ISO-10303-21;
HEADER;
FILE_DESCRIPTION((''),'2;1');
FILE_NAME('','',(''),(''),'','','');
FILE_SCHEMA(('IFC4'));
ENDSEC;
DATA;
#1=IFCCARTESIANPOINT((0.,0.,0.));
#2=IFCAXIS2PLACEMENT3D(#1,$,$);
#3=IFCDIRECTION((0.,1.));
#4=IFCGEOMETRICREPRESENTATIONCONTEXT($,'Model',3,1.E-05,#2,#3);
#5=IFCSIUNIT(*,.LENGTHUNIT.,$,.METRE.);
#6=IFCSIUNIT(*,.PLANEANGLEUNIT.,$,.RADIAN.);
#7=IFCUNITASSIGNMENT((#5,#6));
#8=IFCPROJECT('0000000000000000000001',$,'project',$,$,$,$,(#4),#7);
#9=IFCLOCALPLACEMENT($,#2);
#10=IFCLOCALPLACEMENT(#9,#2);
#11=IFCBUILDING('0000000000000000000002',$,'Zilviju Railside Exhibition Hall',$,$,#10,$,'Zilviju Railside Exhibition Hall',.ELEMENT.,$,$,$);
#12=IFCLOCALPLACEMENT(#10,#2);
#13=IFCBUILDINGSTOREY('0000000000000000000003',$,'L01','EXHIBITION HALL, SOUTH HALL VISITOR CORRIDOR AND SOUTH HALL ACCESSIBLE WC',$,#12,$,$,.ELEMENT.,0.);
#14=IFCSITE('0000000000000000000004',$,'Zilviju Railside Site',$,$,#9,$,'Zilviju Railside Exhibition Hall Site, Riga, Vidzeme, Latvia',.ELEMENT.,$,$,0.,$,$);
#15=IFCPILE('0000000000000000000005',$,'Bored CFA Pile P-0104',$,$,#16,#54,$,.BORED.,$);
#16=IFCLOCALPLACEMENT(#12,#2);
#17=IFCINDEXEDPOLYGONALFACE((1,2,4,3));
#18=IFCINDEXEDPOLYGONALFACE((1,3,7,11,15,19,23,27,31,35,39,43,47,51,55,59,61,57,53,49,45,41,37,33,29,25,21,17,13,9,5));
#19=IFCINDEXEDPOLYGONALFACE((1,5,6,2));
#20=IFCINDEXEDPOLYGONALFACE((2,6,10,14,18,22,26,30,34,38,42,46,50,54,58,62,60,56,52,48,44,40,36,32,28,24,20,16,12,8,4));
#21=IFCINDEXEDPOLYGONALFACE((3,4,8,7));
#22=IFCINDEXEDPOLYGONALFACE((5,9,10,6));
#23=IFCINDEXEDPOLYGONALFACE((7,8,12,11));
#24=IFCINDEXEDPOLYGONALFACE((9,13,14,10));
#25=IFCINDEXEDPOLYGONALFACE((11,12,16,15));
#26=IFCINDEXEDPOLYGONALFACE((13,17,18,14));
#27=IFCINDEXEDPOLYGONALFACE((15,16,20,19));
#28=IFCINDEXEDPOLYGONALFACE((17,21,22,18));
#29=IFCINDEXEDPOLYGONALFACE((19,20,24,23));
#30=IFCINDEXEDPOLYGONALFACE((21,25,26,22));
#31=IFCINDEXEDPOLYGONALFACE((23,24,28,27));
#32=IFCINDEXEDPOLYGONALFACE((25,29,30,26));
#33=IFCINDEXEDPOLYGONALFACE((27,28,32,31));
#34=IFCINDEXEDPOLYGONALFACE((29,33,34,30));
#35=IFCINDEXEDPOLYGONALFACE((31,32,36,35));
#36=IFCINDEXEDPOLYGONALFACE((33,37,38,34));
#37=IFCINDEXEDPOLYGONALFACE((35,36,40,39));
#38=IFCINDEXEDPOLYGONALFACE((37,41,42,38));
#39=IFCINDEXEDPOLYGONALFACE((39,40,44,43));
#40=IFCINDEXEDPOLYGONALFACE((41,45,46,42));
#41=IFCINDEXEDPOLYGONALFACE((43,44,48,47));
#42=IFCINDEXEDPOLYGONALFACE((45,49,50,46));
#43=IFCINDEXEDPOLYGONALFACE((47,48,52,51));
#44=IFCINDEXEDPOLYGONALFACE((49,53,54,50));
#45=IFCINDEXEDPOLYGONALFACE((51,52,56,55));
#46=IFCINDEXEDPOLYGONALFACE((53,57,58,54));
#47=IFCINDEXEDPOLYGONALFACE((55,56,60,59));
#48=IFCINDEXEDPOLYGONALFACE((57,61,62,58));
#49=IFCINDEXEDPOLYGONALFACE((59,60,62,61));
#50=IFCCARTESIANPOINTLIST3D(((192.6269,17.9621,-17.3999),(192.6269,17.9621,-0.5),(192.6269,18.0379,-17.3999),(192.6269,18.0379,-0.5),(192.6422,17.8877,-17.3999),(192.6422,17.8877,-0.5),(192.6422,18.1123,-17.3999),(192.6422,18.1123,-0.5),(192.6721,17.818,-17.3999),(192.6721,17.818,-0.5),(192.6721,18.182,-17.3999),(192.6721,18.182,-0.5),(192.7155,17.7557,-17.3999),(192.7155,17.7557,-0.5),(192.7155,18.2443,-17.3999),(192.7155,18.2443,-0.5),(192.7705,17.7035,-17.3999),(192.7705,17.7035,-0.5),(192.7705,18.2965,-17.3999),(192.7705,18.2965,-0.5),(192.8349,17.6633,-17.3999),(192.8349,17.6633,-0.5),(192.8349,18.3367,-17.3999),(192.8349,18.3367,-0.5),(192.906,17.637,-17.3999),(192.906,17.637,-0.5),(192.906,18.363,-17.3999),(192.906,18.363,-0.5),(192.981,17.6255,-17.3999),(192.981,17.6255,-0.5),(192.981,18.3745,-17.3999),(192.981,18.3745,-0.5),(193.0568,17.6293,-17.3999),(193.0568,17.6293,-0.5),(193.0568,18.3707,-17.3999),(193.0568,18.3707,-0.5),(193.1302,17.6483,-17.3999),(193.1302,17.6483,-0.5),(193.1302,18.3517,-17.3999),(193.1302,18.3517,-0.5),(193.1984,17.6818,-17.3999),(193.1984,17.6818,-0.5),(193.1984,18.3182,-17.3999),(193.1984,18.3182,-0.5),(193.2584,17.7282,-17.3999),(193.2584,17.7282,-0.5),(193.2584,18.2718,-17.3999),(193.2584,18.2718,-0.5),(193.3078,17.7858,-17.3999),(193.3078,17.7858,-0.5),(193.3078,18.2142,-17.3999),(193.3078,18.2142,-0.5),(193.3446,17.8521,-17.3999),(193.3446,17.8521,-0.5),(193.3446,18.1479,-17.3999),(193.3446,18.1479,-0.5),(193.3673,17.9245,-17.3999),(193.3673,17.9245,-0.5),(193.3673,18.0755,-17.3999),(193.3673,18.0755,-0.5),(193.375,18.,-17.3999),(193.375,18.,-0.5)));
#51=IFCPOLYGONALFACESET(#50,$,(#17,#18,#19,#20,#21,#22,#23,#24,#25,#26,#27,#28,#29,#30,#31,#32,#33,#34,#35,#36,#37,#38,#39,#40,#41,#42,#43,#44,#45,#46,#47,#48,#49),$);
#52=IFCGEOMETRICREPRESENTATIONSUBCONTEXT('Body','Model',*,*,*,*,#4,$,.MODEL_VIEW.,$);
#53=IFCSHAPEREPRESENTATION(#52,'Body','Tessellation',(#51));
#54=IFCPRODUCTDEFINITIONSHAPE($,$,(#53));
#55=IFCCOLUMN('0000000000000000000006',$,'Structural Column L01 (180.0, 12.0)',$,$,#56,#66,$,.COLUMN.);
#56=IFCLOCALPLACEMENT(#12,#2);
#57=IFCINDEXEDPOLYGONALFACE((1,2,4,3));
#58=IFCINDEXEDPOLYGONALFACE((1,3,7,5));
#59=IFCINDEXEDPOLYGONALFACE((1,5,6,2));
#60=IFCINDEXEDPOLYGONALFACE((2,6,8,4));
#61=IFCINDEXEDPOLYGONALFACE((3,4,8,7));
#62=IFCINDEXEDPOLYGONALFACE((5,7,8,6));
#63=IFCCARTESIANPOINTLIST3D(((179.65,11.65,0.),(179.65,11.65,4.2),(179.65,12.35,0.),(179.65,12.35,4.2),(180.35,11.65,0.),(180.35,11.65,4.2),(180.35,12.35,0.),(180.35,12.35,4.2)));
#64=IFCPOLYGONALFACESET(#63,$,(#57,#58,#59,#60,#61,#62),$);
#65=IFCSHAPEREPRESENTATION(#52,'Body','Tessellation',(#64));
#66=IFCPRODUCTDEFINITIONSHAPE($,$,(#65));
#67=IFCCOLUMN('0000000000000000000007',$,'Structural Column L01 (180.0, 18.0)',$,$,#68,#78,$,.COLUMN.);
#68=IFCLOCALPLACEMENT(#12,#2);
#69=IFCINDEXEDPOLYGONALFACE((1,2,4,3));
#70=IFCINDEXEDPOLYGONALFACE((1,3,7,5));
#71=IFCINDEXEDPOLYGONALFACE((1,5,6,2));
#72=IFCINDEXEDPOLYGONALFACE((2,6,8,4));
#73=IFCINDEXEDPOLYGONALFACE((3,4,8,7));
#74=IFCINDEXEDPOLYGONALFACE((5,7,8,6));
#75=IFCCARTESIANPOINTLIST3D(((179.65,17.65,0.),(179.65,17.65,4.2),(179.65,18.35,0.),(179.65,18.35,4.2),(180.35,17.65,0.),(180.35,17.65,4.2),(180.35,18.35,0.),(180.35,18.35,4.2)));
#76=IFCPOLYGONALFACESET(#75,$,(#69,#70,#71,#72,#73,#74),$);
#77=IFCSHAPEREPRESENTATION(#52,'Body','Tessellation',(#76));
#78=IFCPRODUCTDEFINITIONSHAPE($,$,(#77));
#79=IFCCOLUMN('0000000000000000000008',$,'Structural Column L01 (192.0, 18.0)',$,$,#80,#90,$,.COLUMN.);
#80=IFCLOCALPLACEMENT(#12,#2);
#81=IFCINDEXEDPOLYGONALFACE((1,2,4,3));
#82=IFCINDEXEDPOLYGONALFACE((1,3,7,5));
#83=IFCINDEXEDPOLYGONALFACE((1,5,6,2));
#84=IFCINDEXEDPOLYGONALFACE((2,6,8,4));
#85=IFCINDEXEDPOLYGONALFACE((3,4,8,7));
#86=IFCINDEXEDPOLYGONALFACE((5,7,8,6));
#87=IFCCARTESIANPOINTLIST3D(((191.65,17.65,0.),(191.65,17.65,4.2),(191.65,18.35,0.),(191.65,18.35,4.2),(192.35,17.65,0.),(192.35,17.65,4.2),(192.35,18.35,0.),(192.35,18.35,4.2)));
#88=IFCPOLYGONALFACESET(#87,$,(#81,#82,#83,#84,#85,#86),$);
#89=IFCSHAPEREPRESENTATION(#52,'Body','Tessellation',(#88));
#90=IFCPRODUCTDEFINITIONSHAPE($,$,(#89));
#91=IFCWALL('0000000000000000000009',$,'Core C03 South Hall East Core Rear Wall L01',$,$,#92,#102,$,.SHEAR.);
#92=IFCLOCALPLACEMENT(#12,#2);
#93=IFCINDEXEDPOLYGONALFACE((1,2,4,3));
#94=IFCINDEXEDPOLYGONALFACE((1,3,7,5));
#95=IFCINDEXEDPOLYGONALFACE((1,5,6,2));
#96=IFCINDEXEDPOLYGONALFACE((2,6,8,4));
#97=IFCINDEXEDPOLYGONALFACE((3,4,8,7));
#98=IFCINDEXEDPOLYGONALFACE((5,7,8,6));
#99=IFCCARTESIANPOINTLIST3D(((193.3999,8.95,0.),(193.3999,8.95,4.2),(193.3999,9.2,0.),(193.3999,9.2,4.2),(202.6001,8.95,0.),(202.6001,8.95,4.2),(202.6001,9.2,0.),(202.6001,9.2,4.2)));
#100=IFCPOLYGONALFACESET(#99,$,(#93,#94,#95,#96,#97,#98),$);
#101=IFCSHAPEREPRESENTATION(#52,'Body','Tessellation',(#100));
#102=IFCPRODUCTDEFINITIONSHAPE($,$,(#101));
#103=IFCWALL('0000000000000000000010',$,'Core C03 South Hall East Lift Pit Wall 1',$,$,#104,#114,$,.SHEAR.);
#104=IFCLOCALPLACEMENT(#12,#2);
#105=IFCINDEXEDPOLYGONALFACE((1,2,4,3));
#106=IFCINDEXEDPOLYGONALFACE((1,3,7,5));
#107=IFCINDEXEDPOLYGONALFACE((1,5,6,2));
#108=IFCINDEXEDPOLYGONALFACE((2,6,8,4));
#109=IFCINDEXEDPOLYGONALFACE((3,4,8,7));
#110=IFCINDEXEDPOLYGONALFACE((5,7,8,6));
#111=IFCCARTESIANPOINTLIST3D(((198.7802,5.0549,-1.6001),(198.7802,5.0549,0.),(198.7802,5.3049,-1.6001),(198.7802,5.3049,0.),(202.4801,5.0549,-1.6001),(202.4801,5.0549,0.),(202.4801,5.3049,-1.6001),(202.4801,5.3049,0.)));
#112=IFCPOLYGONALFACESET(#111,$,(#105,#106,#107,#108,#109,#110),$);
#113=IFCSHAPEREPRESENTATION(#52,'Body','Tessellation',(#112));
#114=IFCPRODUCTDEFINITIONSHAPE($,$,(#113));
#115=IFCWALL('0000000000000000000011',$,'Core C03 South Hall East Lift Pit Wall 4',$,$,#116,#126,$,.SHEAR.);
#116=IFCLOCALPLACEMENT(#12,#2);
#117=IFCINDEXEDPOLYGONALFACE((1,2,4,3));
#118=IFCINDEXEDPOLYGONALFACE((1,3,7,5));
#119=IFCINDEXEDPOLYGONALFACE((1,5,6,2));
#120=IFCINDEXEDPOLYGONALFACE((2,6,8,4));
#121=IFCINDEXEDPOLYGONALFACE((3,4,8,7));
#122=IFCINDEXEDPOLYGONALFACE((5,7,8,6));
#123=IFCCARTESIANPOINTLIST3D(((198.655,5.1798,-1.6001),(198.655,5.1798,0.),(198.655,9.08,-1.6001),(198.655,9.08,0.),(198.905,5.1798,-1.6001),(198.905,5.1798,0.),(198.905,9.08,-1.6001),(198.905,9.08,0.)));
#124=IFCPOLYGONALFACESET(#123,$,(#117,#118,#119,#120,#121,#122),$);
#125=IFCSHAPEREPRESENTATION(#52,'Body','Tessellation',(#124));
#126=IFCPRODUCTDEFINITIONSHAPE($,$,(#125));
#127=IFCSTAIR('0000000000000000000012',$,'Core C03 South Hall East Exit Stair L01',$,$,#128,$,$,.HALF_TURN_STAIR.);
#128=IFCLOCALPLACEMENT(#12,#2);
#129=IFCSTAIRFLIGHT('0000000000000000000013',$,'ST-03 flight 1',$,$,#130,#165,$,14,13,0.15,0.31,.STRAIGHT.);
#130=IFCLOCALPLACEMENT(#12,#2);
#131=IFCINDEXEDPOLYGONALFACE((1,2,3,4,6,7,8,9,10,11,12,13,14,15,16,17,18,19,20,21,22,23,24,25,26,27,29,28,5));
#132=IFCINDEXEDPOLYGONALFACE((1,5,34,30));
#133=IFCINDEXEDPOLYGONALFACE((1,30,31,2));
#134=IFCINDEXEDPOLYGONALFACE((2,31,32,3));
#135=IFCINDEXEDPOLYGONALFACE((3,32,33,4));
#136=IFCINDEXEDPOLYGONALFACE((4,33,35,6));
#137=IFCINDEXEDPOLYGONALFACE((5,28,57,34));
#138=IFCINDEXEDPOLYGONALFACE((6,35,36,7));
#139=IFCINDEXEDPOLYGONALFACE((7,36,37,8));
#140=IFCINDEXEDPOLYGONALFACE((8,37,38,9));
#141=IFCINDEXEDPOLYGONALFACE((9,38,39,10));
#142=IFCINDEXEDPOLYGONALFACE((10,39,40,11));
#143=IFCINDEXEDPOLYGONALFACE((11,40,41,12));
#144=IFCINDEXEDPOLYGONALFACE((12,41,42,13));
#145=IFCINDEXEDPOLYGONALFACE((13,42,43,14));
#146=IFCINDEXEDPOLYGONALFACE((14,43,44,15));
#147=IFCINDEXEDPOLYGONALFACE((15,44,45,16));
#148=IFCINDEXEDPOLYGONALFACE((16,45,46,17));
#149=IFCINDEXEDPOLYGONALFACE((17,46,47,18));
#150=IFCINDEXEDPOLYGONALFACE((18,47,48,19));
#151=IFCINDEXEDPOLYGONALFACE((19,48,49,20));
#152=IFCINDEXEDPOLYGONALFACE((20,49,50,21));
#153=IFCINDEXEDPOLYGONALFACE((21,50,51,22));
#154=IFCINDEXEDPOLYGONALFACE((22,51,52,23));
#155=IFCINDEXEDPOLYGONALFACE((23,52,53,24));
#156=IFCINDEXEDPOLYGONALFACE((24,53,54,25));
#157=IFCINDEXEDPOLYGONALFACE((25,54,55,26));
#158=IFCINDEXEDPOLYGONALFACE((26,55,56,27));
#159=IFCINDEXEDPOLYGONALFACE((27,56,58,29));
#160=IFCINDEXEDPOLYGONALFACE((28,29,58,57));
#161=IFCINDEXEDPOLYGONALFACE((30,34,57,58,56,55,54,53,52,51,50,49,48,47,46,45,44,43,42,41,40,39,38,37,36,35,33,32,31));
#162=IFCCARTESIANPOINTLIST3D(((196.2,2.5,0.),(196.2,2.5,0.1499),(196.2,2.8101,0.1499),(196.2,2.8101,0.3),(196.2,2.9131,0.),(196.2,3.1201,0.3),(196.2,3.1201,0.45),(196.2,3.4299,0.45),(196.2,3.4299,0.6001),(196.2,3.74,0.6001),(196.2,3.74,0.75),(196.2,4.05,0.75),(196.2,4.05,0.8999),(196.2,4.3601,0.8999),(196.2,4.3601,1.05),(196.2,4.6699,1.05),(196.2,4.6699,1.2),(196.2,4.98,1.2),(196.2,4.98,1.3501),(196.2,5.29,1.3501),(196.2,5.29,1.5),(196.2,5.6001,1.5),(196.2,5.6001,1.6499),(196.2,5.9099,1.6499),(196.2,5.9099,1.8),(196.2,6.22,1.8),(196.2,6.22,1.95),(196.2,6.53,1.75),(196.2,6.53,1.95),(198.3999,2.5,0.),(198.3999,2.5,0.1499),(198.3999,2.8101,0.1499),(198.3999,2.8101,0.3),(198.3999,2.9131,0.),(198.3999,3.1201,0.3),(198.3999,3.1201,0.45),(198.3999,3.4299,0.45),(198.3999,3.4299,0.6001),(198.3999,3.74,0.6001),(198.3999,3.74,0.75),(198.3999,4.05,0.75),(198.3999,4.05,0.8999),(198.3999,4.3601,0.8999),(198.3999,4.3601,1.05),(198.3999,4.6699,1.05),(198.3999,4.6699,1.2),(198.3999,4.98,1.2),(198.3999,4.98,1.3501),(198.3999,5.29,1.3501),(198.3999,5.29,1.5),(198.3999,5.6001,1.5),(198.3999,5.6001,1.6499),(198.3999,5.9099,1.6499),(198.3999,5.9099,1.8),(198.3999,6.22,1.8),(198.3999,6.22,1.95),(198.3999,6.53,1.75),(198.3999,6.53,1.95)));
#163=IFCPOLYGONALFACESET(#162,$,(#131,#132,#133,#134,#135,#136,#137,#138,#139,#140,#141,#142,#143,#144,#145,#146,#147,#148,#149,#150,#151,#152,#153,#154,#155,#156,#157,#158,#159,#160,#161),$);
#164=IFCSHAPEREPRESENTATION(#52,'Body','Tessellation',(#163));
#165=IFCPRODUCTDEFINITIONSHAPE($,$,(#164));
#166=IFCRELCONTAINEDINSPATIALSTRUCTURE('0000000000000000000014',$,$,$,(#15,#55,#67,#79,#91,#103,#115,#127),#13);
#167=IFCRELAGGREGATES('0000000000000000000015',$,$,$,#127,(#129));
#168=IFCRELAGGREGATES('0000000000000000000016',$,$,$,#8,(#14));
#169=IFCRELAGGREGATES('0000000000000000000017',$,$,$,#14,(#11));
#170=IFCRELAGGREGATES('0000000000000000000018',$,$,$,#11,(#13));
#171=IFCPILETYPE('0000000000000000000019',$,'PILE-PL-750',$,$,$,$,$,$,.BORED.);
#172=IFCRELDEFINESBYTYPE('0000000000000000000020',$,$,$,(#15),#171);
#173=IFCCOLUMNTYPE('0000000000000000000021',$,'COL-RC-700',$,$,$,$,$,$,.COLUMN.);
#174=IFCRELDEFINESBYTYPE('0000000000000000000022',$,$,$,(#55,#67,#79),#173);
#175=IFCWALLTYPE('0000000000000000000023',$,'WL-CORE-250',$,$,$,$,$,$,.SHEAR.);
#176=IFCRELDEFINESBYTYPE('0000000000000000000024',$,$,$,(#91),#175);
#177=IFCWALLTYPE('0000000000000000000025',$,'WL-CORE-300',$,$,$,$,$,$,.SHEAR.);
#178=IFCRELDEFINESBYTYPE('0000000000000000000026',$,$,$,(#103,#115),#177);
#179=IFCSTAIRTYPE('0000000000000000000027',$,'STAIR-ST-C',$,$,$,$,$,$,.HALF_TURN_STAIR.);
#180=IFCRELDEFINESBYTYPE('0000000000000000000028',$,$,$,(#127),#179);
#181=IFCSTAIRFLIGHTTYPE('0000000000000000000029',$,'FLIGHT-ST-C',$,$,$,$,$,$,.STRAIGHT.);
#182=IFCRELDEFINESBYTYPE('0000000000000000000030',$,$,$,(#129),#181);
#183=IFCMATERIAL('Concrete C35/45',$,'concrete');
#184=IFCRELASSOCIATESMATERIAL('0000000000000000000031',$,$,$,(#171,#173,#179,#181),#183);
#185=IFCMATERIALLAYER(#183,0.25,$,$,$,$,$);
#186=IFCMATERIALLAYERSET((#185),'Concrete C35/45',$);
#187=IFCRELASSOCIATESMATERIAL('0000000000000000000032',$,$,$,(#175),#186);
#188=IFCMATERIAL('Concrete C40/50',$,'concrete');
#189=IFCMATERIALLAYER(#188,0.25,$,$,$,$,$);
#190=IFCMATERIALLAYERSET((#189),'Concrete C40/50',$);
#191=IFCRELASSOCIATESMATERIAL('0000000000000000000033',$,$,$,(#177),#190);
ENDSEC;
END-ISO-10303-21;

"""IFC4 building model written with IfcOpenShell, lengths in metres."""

from ifc_helpers import new_model, si_unit, direction, frame, frame_2d, origin, origin_2d, place, context, subcontext, project, spatial, polyline, rectangle, circle, outline, extrude, material, layer, layer_set, material_profile, profile_set, type_object, element, aggregate, save


model = new_model("IFC4")

# Units and contexts
model_context = context("Model", 3, precision=1e-05, world=origin(), true_north=direction((0.0, 1.0)))
body_context = subcontext(model_context, "Body", "Model", "MODEL_VIEW")
ifc_project = project(units=[si_unit("LENGTHUNIT", "METRE"), si_unit("PLANEANGLEUNIT", "RADIAN")], contexts=[model_context])

# Site, building, storey
site_placement = place(None, origin())
site = spatial("IfcSite", under=ifc_project, at=site_placement, Name="Zilviju Railside Site", LongName="Zilviju Railside Exhibition Hall Site, Riga, Vidzeme, Latvia", CompositionType="ELEMENT", RefElevation=0.0)
building_placement = place(site_placement, origin())
building = spatial("IfcBuilding", under=site, at=building_placement, Name="Zilviju Railside Exhibition Hall", LongName="Zilviju Railside Exhibition Hall", CompositionType="ELEMENT")
storey_placement = place(building_placement, origin())
storey = spatial("IfcBuildingStorey", under=building, at=storey_placement, Name="L01", Description="EXHIBITION HALL, SOUTH HALL VISITOR CORRIDOR AND SOUTH HALL ACCESSIBLE WC", CompositionType="ELEMENT", Elevation=0.0)

# Shared definitions
ifc_material_1 = material(Name="Concrete C35/45", Category="concrete")

# Pile
ifc_material_profile_1 = material_profile(ifc_material_1, circle(Radius=0.375, at=origin_2d()), Name="CFA PILE D750")
ifc_profile_set_1 = profile_set([ifc_material_profile_1], Name="Concrete C35/45")
pile_type = type_object("IfcPileType", Name="PILE-PL-750", PredefinedType="BORED", material=ifc_profile_set_1)
for number, where, z_axis, x_axis, name in (
    (1, (193.0, 18.0, -0.5), (0.0, 0.0, -1.0), (1.0, 0.0, 0.0), "Bored CFA Pile P-0104"),
):
    element("IfcPile", number, at=place(storey_placement, frame(where, z_axis=z_axis, x_axis=x_axis)), inside=storey, type_object=pile_type, Name=name, PredefinedType="BORED", context=body_context, shape_type="SweptSolid", body=[
        extrude(circle(Radius=0.375, at=origin_2d()), origin(), (0.0, 0.0, 1.0), 16.8999),
    ])

# Columns
ifc_material_profile_2 = material_profile(ifc_material_1, rectangle(XDim=0.7, YDim=0.7, at=origin_2d()), Name="RC COL 700x700")
ifc_profile_set_2 = profile_set([ifc_material_profile_2], Name="Concrete C35/45")
column_type = type_object("IfcColumnType", Name="COL-RC-700", PredefinedType="COLUMN", material=ifc_profile_set_2)
for number, where, z_axis, x_axis, name in (
    (2, (180.0, 12.0, 0.0), (0.0, 0.0, 1.0), (1.0, 0.0, 0.0), "Structural Column L01 (180.0, 12.0)"),
    (3, (180.0, 18.0, 0.0), (0.0, 0.0, 1.0), (1.0, 0.0, 0.0), "Structural Column L01 (180.0, 18.0)"),
    (4, (192.0, 18.0, 0.0), (0.0, 0.0, 1.0), (1.0, 0.0, 0.0), "Structural Column L01 (192.0, 18.0)"),
):
    element("IfcColumn", number, at=place(storey_placement, frame(where, z_axis=z_axis, x_axis=x_axis)), inside=storey, type_object=column_type, Name=name, PredefinedType="COLUMN", context=body_context, shape_type="SweptSolid", body=[
        extrude(rectangle(XDim=0.7, YDim=0.7, at=origin_2d()), origin(), (0.0, 0.0, 1.0), 4.2),
    ])

# Walls
ifc_layer_1 = layer(ifc_material_1, 0.25)
ifc_layer_set_1 = layer_set([ifc_layer_1], Name="Concrete C35/45")
wall_type_1 = type_object("IfcWallType", Name="WL-CORE-250", PredefinedType="SHEAR", material=ifc_layer_set_1)
wall_1_placement = place(storey_placement, frame((193.3999, 9.075, 0.0), z_axis=(0.0, 0.0, 1.0), x_axis=(1.0, 0.0, 0.0)))
element("IfcWall", 5, at=wall_1_placement, inside=storey, type_object=wall_type_1, Name="Core C03 South Hall East Core Rear Wall L01", PredefinedType="SHEAR", context=body_context, shape_type="SweptSolid", body=[
    extrude(rectangle(XDim=9.2002, YDim=0.25, at=frame_2d((4.6001, 0.0))), origin(), (0.0, 0.0, 1.0), 4.2),
])
ifc_material_2 = material(Name="Concrete C40/50", Category="concrete")
ifc_layer_2 = layer(ifc_material_2, 0.25)
ifc_layer_set_2 = layer_set([ifc_layer_2], Name="Concrete C40/50")
wall_type_2 = type_object("IfcWallType", Name="WL-CORE-300", PredefinedType="SHEAR", material=ifc_layer_set_2)
wall_2_placement = place(storey_placement, frame((198.78, 5.1799, -1.6001), z_axis=(0.0, 0.0, 1.0), x_axis=(1.0, 0.0, 0.0)))
element("IfcWall", 6, at=wall_2_placement, inside=storey, type_object=wall_type_2, Name="Core C03 South Hall East Lift Pit Wall 1", PredefinedType="SHEAR", context=body_context, shape_type="SweptSolid", body=[
    extrude(rectangle(XDim=3.7, YDim=0.25, at=frame_2d((1.8501, 0.0))), origin(), (0.0, 0.0, 1.0), 1.6001),
])
wall_3_placement = place(storey_placement, frame((198.78, 9.0801, -1.6001), z_axis=(0.0, 0.0, 1.0), x_axis=(0.0, -1.0, 0.0)))
element("IfcWall", 7, at=wall_3_placement, inside=storey, type_object=wall_type_2, Name="Core C03 South Hall East Lift Pit Wall 4", PredefinedType="SHEAR", context=body_context, shape_type="SweptSolid", body=[
    extrude(rectangle(XDim=3.9001, YDim=0.25, at=frame_2d((1.9502, 0.0))), origin(), (0.0, 0.0, 1.0), 1.6001),
])

# Stair, stair flight
stair_type = type_object("IfcStairType", Name="STAIR-ST-C", PredefinedType="HALF_TURN_STAIR", material=ifc_material_1)
stair_placement = place(storey_placement, origin())
stair = element("IfcStair", 8, at=stair_placement, inside=storey, type_object=stair_type, Name="Core C03 South Hall East Exit Stair L01", PredefinedType="HALF_TURN_STAIR")
stair_flight_type = type_object("IfcStairFlightType", Name="FLIGHT-ST-C", PredefinedType="STRAIGHT", material=ifc_material_1)
stair_flight_1_placement = place(storey_placement, frame((197.3, 2.5, 0.0), z_axis=(0.0, 0.0, 1.0), x_axis=(0.0, 1.0, 0.0)))
stair_flight_1 = element("IfcStairFlight", 9, at=stair_flight_1_placement, type_object=stair_flight_type, Name="ST-03 flight 1", NumberOfRisers=14, NumberOfTreads=13, PredefinedType="STRAIGHT", RiserHeight=0.15, TreadLength=0.31, context=body_context, shape_type="SweptSolid", body=[
    extrude(outline(polyline([(0.0, 0.0), (0.0, 0.1499), (0.3101, 0.1499), (0.3101, 0.3), (0.6201, 0.3), (0.6201, 0.45), (0.9299, 0.45), (0.9299, 0.6001), (1.24, 0.6001), (1.24, 0.75), (1.55, 0.75), (1.55, 0.8999), (1.8601, 0.8999), (1.8601, 1.05), (2.1699, 1.05), (2.1699, 1.2), (2.48, 1.2), (2.48, 1.3501), (2.79, 1.3501), (2.79, 1.5), (3.1001, 1.5), (3.1001, 1.6499), (3.4099, 1.6499), (3.4099, 1.8), (3.72, 1.8), (3.72, 1.95), (4.03, 1.95), (4.03, 2.1001), (4.03, 1.75), (0.4131, 0.0), (0.0, 0.0)])), frame((0.0, 1.1001, 0.0), z_axis=(0.0, -1.0, 0.0), x_axis=(1.0, 0.0, 0.0)), (0.0, 0.0, 1.0), 2.2),
])
aggregate(stair, [stair_flight_1])

save(model, "model.ifc")
